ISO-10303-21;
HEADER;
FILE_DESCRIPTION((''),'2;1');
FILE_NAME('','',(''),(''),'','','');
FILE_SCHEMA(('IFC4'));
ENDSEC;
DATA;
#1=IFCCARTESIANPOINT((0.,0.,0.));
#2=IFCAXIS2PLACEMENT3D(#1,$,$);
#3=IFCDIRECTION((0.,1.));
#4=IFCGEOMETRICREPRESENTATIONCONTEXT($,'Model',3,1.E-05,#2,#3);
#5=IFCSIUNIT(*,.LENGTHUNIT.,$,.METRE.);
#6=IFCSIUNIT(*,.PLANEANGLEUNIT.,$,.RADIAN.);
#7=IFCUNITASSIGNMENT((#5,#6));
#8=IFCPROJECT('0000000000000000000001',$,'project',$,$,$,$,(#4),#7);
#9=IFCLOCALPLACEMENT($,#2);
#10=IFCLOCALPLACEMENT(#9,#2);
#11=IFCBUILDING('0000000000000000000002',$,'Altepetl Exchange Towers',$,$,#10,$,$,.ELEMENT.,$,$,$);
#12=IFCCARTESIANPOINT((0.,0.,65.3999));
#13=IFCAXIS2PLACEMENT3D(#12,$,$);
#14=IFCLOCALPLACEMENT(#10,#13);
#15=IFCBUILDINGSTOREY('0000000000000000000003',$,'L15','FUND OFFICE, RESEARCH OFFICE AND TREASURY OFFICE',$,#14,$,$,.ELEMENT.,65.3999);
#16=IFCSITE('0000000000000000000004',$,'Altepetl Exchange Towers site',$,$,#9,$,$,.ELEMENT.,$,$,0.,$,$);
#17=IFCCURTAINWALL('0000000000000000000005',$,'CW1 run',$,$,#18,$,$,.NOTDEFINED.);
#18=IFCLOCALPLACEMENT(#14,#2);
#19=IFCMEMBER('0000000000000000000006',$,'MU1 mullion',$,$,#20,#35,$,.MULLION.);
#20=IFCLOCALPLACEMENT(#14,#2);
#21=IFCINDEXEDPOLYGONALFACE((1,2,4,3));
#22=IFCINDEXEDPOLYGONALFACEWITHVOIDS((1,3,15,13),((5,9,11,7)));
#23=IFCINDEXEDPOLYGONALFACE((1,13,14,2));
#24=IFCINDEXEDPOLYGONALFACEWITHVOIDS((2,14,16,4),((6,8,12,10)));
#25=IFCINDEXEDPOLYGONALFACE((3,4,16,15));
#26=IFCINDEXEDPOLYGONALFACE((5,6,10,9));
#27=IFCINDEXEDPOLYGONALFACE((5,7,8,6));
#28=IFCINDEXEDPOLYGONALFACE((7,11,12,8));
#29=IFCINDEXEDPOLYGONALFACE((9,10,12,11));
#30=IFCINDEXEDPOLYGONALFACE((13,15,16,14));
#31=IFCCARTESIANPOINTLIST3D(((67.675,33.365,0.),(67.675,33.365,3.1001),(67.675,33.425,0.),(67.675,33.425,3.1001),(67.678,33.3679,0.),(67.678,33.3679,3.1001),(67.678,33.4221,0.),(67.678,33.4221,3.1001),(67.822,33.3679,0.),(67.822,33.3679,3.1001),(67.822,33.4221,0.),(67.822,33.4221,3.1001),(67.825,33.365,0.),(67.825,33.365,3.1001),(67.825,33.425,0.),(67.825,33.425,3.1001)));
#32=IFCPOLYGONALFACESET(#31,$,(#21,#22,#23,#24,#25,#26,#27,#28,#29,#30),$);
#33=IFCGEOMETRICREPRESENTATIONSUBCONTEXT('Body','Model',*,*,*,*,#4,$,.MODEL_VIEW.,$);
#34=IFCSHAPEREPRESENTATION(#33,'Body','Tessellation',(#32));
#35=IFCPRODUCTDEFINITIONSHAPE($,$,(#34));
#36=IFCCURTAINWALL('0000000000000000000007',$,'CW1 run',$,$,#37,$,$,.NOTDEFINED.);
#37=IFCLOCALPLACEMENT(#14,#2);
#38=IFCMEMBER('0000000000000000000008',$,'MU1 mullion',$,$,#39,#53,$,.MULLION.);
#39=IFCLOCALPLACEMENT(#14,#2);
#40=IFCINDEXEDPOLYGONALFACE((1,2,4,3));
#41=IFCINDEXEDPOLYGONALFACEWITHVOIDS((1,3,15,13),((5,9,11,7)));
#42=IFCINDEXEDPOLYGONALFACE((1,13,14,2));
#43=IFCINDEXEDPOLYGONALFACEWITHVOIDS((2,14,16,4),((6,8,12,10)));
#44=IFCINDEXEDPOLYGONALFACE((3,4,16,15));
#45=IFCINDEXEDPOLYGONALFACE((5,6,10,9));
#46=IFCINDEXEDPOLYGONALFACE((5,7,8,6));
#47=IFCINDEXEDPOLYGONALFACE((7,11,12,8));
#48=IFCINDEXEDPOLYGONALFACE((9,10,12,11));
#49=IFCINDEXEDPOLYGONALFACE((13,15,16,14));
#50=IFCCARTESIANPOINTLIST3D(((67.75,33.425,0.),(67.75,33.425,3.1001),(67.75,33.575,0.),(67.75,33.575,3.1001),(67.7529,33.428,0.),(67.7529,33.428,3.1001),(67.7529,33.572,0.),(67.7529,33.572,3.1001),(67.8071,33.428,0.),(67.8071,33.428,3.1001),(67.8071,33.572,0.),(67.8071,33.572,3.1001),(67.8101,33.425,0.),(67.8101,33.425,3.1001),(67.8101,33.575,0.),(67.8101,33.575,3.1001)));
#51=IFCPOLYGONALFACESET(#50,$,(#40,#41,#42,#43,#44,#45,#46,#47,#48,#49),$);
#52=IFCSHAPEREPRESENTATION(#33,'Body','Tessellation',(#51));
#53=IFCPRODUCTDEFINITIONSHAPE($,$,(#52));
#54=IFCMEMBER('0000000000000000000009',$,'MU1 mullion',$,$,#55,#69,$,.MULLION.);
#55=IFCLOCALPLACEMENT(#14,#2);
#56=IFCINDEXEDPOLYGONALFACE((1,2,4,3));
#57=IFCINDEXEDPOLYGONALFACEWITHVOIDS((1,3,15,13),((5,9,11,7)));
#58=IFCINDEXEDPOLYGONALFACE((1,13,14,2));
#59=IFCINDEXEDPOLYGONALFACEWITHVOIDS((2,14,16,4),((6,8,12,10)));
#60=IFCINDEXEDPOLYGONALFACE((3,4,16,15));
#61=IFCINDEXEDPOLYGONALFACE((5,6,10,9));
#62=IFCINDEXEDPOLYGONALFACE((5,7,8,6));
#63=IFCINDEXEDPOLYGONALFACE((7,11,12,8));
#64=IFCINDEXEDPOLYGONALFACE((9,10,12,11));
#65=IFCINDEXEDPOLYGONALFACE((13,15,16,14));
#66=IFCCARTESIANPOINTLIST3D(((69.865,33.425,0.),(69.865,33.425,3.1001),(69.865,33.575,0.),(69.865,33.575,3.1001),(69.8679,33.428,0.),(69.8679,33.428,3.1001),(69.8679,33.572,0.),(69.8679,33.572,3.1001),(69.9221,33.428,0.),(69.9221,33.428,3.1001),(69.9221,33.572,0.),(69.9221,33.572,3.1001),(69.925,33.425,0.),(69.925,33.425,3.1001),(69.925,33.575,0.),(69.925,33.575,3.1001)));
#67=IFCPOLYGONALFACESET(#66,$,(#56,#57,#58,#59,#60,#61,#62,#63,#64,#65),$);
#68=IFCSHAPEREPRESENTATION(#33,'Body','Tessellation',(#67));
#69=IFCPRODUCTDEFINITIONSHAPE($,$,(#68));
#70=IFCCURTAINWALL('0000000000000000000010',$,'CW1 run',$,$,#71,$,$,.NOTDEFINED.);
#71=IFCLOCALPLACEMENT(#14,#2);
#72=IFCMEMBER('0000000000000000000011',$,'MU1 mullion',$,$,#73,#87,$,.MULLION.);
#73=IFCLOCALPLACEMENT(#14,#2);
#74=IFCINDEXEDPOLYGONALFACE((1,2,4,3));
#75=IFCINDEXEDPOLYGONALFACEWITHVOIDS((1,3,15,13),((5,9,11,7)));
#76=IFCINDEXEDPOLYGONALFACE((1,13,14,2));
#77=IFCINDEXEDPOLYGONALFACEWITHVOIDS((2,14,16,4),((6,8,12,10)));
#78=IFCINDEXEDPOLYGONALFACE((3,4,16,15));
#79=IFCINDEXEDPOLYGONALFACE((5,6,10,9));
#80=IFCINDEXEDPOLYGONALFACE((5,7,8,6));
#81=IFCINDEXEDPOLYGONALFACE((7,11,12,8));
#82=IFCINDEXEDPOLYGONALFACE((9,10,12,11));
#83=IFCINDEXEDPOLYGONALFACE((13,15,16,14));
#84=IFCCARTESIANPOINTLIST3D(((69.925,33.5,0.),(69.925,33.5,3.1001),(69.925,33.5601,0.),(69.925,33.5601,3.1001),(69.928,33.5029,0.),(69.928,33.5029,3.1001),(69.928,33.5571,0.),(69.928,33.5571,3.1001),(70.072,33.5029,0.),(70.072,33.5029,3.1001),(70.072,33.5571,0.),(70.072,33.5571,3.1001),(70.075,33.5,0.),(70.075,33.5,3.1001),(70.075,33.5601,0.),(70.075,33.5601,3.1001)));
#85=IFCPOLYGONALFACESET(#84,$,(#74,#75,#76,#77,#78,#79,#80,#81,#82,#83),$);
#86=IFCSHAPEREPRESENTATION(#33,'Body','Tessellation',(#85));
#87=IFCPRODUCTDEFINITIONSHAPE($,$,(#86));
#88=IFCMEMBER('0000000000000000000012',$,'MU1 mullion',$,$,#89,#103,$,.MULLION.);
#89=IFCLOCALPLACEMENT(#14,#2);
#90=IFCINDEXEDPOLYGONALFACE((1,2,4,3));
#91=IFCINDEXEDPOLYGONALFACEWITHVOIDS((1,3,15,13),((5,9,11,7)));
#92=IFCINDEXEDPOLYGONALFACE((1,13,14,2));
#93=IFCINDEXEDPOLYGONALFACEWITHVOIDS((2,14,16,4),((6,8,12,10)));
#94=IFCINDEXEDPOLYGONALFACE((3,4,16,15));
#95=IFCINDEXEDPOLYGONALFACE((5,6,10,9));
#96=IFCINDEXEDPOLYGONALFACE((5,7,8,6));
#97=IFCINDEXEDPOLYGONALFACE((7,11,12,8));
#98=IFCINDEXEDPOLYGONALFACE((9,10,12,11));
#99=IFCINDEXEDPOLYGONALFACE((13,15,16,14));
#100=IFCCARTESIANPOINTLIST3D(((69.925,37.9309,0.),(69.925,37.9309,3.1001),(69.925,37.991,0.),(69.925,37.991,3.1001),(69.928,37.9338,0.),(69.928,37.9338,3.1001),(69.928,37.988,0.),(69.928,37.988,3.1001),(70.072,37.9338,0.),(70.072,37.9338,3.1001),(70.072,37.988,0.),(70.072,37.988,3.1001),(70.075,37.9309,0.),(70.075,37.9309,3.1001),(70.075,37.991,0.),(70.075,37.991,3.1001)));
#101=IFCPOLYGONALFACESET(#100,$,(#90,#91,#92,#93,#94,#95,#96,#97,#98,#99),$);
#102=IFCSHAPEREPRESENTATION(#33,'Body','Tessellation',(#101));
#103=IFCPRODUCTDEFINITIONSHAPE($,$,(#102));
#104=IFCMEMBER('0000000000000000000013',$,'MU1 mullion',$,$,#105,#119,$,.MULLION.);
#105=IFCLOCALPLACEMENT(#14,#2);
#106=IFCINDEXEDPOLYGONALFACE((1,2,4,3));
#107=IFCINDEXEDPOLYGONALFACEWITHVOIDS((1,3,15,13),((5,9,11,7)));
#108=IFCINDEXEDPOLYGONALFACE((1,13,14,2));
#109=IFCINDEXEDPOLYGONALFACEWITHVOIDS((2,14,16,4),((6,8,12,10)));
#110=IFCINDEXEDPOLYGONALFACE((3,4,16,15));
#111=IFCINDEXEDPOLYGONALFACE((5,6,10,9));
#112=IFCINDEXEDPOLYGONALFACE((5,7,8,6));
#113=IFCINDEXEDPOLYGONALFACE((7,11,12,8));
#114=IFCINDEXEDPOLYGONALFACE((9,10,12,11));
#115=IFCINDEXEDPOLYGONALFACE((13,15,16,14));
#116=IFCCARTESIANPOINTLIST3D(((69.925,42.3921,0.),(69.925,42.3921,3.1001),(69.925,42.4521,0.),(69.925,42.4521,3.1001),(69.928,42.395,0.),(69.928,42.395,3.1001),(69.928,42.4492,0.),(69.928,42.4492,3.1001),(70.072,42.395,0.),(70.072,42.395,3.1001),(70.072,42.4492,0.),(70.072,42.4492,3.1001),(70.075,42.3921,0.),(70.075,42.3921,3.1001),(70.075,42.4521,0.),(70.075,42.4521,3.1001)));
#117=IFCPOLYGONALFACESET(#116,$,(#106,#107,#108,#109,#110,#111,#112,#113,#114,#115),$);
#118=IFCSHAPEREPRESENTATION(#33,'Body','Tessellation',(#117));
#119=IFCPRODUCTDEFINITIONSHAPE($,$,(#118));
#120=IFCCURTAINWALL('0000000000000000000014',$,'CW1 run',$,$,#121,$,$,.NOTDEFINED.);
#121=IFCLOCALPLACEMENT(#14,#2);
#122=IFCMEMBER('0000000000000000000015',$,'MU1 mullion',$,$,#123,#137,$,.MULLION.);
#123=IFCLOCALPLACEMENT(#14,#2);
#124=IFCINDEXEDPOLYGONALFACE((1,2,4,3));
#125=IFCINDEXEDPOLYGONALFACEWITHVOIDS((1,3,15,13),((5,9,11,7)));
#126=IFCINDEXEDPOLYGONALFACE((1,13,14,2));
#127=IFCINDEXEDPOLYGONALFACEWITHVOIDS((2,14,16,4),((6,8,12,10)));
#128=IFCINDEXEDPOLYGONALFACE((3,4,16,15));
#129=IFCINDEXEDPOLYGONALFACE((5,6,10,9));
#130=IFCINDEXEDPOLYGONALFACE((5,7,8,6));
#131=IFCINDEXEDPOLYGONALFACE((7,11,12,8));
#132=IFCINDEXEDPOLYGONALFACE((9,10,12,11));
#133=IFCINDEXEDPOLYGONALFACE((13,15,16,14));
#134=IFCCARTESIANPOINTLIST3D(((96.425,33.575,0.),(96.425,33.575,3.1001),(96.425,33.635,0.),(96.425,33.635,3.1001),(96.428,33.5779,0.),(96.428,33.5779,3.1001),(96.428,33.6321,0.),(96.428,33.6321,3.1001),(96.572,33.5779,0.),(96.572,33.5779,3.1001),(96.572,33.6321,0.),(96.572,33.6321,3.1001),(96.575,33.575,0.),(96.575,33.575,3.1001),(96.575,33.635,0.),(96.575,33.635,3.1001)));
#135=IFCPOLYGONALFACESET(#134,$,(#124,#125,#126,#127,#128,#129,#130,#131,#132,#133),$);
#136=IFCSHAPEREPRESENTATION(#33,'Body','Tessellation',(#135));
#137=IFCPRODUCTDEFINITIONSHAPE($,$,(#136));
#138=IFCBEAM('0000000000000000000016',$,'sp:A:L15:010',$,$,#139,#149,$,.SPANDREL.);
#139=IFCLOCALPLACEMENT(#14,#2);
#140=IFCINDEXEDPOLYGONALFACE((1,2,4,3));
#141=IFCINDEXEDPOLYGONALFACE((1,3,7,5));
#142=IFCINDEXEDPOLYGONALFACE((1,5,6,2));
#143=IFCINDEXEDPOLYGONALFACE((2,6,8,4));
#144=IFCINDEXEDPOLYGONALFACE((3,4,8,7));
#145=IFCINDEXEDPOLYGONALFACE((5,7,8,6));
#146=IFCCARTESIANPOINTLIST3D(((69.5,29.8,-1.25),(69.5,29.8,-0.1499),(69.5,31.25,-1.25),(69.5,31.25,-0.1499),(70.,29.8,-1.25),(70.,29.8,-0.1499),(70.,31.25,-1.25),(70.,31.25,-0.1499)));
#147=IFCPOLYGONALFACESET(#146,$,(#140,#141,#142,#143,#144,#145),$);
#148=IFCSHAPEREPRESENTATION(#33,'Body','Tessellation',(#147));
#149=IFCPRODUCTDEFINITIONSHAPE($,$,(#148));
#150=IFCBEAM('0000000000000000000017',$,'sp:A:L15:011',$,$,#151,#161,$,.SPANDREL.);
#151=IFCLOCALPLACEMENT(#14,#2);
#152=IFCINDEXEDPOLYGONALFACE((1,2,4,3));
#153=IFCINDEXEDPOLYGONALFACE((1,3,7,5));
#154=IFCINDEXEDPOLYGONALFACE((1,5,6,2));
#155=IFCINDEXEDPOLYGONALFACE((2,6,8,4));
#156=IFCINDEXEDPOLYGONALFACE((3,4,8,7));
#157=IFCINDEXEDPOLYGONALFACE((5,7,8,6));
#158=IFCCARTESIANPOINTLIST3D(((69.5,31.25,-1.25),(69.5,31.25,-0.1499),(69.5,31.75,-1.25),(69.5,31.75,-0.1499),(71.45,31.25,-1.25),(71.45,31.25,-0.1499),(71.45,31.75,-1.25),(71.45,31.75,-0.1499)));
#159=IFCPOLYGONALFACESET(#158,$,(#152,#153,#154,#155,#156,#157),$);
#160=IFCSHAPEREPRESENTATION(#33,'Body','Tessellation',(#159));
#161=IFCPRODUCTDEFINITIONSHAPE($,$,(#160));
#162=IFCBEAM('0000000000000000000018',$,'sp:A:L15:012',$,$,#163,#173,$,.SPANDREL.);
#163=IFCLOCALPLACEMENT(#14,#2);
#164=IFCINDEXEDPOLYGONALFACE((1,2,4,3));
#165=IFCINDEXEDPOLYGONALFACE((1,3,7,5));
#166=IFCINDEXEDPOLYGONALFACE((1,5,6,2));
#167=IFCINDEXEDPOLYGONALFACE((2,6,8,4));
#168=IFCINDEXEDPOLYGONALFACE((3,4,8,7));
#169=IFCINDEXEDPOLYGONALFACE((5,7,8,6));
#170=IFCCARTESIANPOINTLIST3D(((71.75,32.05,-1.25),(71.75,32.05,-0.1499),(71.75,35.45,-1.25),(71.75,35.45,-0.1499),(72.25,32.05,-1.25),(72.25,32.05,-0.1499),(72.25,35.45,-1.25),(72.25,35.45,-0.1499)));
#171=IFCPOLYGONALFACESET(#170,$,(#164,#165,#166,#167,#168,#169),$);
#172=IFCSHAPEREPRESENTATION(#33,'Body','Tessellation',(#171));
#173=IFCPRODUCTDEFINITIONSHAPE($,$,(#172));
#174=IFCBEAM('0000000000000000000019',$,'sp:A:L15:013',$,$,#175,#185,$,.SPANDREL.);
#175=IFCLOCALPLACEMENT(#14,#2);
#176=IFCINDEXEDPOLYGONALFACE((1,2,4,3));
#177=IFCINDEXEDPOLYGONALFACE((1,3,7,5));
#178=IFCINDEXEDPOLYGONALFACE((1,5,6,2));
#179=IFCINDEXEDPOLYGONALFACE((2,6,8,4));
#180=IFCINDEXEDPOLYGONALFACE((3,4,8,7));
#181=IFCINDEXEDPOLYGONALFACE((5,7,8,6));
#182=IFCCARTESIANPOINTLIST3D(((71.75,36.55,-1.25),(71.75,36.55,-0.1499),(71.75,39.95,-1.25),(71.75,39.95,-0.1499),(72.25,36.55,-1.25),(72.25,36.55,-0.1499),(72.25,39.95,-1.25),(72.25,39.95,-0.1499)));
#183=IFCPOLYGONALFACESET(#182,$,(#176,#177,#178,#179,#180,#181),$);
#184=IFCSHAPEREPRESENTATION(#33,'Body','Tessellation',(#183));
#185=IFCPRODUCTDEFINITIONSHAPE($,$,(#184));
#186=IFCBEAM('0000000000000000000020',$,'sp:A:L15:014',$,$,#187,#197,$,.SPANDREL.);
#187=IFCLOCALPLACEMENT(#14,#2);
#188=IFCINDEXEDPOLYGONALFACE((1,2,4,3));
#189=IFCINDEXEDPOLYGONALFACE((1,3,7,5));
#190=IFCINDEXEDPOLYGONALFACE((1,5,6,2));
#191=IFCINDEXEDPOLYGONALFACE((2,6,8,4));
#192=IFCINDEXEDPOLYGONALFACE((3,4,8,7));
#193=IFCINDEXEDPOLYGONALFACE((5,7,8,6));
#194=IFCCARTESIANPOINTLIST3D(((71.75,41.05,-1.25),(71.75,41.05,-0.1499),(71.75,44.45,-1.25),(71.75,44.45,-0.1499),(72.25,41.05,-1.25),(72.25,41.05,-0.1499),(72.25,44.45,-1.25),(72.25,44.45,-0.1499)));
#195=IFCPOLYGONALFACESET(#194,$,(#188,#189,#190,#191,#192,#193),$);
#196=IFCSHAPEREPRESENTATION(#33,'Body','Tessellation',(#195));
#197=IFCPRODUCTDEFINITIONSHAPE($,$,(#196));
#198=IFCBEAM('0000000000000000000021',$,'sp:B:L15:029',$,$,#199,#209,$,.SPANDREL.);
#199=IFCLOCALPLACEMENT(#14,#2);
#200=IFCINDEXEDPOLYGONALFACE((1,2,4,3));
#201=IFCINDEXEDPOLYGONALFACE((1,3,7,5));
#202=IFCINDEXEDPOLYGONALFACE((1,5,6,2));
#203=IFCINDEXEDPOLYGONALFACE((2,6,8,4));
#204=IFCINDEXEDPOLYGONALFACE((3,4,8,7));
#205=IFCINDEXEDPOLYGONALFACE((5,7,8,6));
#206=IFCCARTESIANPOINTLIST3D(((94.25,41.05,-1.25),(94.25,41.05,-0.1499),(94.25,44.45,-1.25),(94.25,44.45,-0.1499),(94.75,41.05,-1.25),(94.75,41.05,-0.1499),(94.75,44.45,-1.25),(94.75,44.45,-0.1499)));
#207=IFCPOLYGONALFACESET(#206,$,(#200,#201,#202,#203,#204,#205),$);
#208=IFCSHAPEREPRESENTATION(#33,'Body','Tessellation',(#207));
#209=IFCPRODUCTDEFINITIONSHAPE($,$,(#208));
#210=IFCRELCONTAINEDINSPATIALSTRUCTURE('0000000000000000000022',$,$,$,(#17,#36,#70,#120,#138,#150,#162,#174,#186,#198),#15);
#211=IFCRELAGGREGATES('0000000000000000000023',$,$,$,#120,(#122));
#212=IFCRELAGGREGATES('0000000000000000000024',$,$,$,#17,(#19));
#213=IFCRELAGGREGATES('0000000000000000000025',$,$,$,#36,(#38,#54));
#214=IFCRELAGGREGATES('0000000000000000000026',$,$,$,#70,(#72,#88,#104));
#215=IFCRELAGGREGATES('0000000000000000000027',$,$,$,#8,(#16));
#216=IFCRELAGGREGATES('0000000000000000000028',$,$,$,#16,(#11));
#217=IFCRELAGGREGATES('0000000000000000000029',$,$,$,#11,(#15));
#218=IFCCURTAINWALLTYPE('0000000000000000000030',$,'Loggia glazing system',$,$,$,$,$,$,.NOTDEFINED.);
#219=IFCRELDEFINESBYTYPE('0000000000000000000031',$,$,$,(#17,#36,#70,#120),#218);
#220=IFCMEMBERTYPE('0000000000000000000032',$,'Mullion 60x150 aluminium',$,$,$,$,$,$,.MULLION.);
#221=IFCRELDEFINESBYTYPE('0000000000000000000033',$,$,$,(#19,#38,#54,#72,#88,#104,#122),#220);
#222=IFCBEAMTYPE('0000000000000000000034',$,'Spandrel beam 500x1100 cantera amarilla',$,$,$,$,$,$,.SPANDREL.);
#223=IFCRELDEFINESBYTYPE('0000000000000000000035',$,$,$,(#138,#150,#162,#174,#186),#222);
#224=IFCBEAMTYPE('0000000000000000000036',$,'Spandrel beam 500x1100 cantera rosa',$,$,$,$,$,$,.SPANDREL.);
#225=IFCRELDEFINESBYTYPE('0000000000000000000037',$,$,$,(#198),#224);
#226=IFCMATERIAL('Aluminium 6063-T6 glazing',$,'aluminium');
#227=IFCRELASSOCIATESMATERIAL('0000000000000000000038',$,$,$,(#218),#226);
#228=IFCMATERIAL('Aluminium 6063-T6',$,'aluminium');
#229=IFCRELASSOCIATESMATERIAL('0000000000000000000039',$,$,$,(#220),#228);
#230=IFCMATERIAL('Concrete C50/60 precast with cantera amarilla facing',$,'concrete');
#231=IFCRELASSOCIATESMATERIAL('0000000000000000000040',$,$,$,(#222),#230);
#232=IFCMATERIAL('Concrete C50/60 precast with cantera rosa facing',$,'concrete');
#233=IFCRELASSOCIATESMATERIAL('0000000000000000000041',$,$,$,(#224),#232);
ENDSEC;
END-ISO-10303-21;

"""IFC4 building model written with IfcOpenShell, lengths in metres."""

from ifc_helpers import new_model, si_unit, direction, frame, origin, origin_2d, place, context, subcontext, project, spatial, rectangle, hollow_rectangle, extrude, material, material_profile, profile_set, type_object, element, aggregate, save


model = new_model("IFC4")

# Units and contexts
model_context = context("Model", 3, precision=1e-05, world=origin(), true_north=direction((0.0, 1.0)))
body_context = subcontext(model_context, "Body", "Model", "MODEL_VIEW")
ifc_project = project(units=[si_unit("LENGTHUNIT", "METRE"), si_unit("PLANEANGLEUNIT", "RADIAN")], contexts=[model_context])

# Site, building, storey
site_placement = place(None, origin())
site = spatial("IfcSite", under=ifc_project, at=site_placement, Name="Altepetl Exchange Towers site", CompositionType="ELEMENT", RefElevation=0.0)
building_placement = place(site_placement, origin())
building = spatial("IfcBuilding", under=site, at=building_placement, Name="Altepetl Exchange Towers", CompositionType="ELEMENT")
storey_placement = place(building_placement, frame((0.0, 0.0, 65.3999)))
storey = spatial("IfcBuildingStorey", under=building, at=storey_placement, Name="L15", Description="FUND OFFICE, RESEARCH OFFICE AND TREASURY OFFICE", CompositionType="ELEMENT", Elevation=65.3999)

# Shared definitions
ifc_material_1 = material(Name="Aluminium 6063-T6 glazing", Category="aluminium")
curtain_wall_type = type_object("IfcCurtainWallType", Name="Loggia glazing system", PredefinedType="NOTDEFINED", material=ifc_material_1)
ifc_material_2 = material(Name="Aluminium 6063-T6", Category="aluminium")
ifc_material_profile_1 = material_profile(ifc_material_2, hollow_rectangle(XDim=0.0601, YDim=0.1499, WallThickness=0.0029, at=origin_2d()), Name="Mullion 60x150 aluminium")
ifc_profile_set_1 = profile_set([ifc_material_profile_1], Name="Aluminium 6063-T6")
member_type = type_object("IfcMemberType", Name="Mullion 60x150 aluminium", PredefinedType="MULLION", material=ifc_profile_set_1)

# Curtain walls, members
curtain_wall_1_placement = place(storey_placement, origin())
curtain_wall_1 = element("IfcCurtainWall", 1, at=curtain_wall_1_placement, inside=storey, type_object=curtain_wall_type, Name="CW1 run", PredefinedType="NOTDEFINED")
member_1_placement = place(storey_placement, frame((67.75, 33.395, 0.0), z_axis=(0.0, 0.0, 1.0), x_axis=(0.0, 1.0, 0.0)))
member_1 = element("IfcMember", 2, at=member_1_placement, type_object=member_type, Name="MU1 mullion", PredefinedType="MULLION", context=body_context, shape_type="SweptSolid", body=[
    extrude(hollow_rectangle(XDim=0.0601, YDim=0.1499, WallThickness=0.0029, at=origin_2d()), origin(), (0.0, 0.0, 1.0), 3.1001),
])
curtain_wall_2_placement = place(storey_placement, origin())
curtain_wall_2 = element("IfcCurtainWall", 3, at=curtain_wall_2_placement, inside=storey, type_object=curtain_wall_type, Name="CW1 run", PredefinedType="NOTDEFINED")
member_2_placement = place(storey_placement, frame((67.78, 33.5, 0.0)))
member_2 = element("IfcMember", 4, at=member_2_placement, type_object=member_type, Name="MU1 mullion", PredefinedType="MULLION", context=body_context, shape_type="SweptSolid", body=[
    extrude(hollow_rectangle(XDim=0.0601, YDim=0.1499, WallThickness=0.0029, at=origin_2d()), origin(), (0.0, 0.0, 1.0), 3.1001),
])
member_3_placement = place(storey_placement, frame((69.895, 33.5, 0.0)))
member_3 = element("IfcMember", 5, at=member_3_placement, type_object=member_type, Name="MU1 mullion", PredefinedType="MULLION", context=body_context, shape_type="SweptSolid", body=[
    extrude(hollow_rectangle(XDim=0.0601, YDim=0.1499, WallThickness=0.0029, at=origin_2d()), origin(), (0.0, 0.0, 1.0), 3.1001),
])
curtain_wall_3_placement = place(storey_placement, origin())
curtain_wall_3 = element("IfcCurtainWall", 6, at=curtain_wall_3_placement, inside=storey, type_object=curtain_wall_type, Name="CW1 run", PredefinedType="NOTDEFINED")
member_4_placement = place(storey_placement, frame((70.0, 33.53, 0.0), z_axis=(0.0, 0.0, 1.0), x_axis=(0.0, 1.0, 0.0)))
member_4 = element("IfcMember", 7, at=member_4_placement, type_object=member_type, Name="MU1 mullion", PredefinedType="MULLION", context=body_context, shape_type="SweptSolid", body=[
    extrude(hollow_rectangle(XDim=0.0601, YDim=0.1499, WallThickness=0.0029, at=origin_2d()), origin(), (0.0, 0.0, 1.0), 3.1001),
])
member_5_placement = place(storey_placement, frame((70.0, 37.9609, 0.0), z_axis=(0.0, 0.0, 1.0), x_axis=(0.0, 1.0, 0.0)))
member_5 = element("IfcMember", 8, at=member_5_placement, type_object=member_type, Name="MU1 mullion", PredefinedType="MULLION", context=body_context, shape_type="SweptSolid", body=[
    extrude(hollow_rectangle(XDim=0.0601, YDim=0.1499, WallThickness=0.0029, at=origin_2d()), origin(), (0.0, 0.0, 1.0), 3.1001),
])
member_6_placement = place(storey_placement, frame((70.0, 42.4221, 0.0), z_axis=(0.0, 0.0, 1.0), x_axis=(0.0, 1.0, 0.0)))
member_6 = element("IfcMember", 9, at=member_6_placement, type_object=member_type, Name="MU1 mullion", PredefinedType="MULLION", context=body_context, shape_type="SweptSolid", body=[
    extrude(hollow_rectangle(XDim=0.0601, YDim=0.1499, WallThickness=0.0029, at=origin_2d()), origin(), (0.0, 0.0, 1.0), 3.1001),
])

# Curtain wall, member
curtain_wall_4_placement = place(storey_placement, origin())
curtain_wall_4 = element("IfcCurtainWall", 10, at=curtain_wall_4_placement, inside=storey, type_object=curtain_wall_type, Name="CW1 run", PredefinedType="NOTDEFINED")
member_7_placement = place(storey_placement, frame((96.5, 33.605, 0.0), z_axis=(0.0, 0.0, 1.0), x_axis=(0.0, -1.0, 0.0)))
member_7 = element("IfcMember", 11, at=member_7_placement, type_object=member_type, Name="MU1 mullion", PredefinedType="MULLION", context=body_context, shape_type="SweptSolid", body=[
    extrude(hollow_rectangle(XDim=0.0601, YDim=0.1499, WallThickness=0.0029, at=origin_2d()), origin(), (0.0, 0.0, 1.0), 3.1001),
])
aggregate(curtain_wall_4, [member_7])

# Beams
ifc_material_3 = material(Name="Concrete C50/60 precast with cantera amarilla facing", Category="concrete")
ifc_material_profile_2 = material_profile(ifc_material_3, rectangle(XDim=0.5, YDim=1.1001, at=origin_2d()), Name="500 x 1100")
ifc_profile_set_2 = profile_set([ifc_material_profile_2], Name="Concrete C50/60 precast with cantera amarilla facing")
beam_type_1 = type_object("IfcBeamType", Name="Spandrel beam 500x1100 cantera amarilla", PredefinedType="SPANDREL", material=ifc_profile_set_2)
beam_1_placement = place(storey_placement, frame((69.75, 29.8, -0.7), z_axis=(0.0, 1.0, 0.0), x_axis=(-1.0, 0.0, 0.0)))
element("IfcBeam", 12, at=beam_1_placement, inside=storey, type_object=beam_type_1, Name="sp:A:L15:010", PredefinedType="SPANDREL", context=body_context, shape_type="SweptSolid", body=[
    extrude(rectangle(XDim=0.5, YDim=1.1001, at=origin_2d()), origin(), (0.0, 0.0, 1.0), 1.45),
])
beam_2_placement = place(storey_placement, frame((69.5, 31.5, -0.7), z_axis=(1.0, 0.0, 0.0), x_axis=(0.0, 1.0, 0.0)))
element("IfcBeam", 13, at=beam_2_placement, inside=storey, type_object=beam_type_1, Name="sp:A:L15:011", PredefinedType="SPANDREL", context=body_context, shape_type="SweptSolid", body=[
    extrude(rectangle(XDim=0.5, YDim=1.1001, at=origin_2d()), origin(), (0.0, 0.0, 1.0), 1.95),
])
for number, where, z_axis, x_axis, name in (
    (14, (72.0, 32.05, -0.7), (0.0, 1.0, 0.0), (-1.0, 0.0, 0.0), "sp:A:L15:012"),
    (15, (72.0, 36.55, -0.7), (0.0, 1.0, 0.0), (-1.0, 0.0, 0.0), "sp:A:L15:013"),
    (16, (72.0, 41.05, -0.7), (0.0, 1.0, 0.0), (-1.0, 0.0, 0.0), "sp:A:L15:014"),
):
    element("IfcBeam", number, at=place(storey_placement, frame(where, z_axis=z_axis, x_axis=x_axis)), inside=storey, type_object=beam_type_1, Name=name, PredefinedType="SPANDREL", context=body_context, shape_type="SweptSolid", body=[
        extrude(rectangle(XDim=0.5, YDim=1.1001, at=origin_2d()), origin(), (0.0, 0.0, 1.0), 3.3999),
    ])
ifc_material_4 = material(Name="Concrete C50/60 precast with cantera rosa facing", Category="concrete")
ifc_material_profile_3 = material_profile(ifc_material_4, rectangle(XDim=0.5, YDim=1.1001, at=origin_2d()), Name="500 x 1100")
ifc_profile_set_3 = profile_set([ifc_material_profile_3], Name="Concrete C50/60 precast with cantera rosa facing")
beam_type_2 = type_object("IfcBeamType", Name="Spandrel beam 500x1100 cantera rosa", PredefinedType="SPANDREL", material=ifc_profile_set_3)
for number, where, z_axis, x_axis, name in (
    (17, (94.5, 44.45, -0.7), (0.0, -1.0, 0.0), (1.0, 0.0, 0.0), "sp:B:L15:029"),
):
    element("IfcBeam", number, at=place(storey_placement, frame(where, z_axis=z_axis, x_axis=x_axis)), inside=storey, type_object=beam_type_2, Name=name, PredefinedType="SPANDREL", context=body_context, shape_type="SweptSolid", body=[
        extrude(rectangle(XDim=0.5, YDim=1.1001, at=origin_2d()), origin(), (0.0, 0.0, 1.0), 3.3999),
    ])

aggregate(curtain_wall_1, [member_1])
aggregate(curtain_wall_2, [member_2, member_3])
aggregate(curtain_wall_3, [member_4, member_5, member_6])

save(model, "model.ifc")
